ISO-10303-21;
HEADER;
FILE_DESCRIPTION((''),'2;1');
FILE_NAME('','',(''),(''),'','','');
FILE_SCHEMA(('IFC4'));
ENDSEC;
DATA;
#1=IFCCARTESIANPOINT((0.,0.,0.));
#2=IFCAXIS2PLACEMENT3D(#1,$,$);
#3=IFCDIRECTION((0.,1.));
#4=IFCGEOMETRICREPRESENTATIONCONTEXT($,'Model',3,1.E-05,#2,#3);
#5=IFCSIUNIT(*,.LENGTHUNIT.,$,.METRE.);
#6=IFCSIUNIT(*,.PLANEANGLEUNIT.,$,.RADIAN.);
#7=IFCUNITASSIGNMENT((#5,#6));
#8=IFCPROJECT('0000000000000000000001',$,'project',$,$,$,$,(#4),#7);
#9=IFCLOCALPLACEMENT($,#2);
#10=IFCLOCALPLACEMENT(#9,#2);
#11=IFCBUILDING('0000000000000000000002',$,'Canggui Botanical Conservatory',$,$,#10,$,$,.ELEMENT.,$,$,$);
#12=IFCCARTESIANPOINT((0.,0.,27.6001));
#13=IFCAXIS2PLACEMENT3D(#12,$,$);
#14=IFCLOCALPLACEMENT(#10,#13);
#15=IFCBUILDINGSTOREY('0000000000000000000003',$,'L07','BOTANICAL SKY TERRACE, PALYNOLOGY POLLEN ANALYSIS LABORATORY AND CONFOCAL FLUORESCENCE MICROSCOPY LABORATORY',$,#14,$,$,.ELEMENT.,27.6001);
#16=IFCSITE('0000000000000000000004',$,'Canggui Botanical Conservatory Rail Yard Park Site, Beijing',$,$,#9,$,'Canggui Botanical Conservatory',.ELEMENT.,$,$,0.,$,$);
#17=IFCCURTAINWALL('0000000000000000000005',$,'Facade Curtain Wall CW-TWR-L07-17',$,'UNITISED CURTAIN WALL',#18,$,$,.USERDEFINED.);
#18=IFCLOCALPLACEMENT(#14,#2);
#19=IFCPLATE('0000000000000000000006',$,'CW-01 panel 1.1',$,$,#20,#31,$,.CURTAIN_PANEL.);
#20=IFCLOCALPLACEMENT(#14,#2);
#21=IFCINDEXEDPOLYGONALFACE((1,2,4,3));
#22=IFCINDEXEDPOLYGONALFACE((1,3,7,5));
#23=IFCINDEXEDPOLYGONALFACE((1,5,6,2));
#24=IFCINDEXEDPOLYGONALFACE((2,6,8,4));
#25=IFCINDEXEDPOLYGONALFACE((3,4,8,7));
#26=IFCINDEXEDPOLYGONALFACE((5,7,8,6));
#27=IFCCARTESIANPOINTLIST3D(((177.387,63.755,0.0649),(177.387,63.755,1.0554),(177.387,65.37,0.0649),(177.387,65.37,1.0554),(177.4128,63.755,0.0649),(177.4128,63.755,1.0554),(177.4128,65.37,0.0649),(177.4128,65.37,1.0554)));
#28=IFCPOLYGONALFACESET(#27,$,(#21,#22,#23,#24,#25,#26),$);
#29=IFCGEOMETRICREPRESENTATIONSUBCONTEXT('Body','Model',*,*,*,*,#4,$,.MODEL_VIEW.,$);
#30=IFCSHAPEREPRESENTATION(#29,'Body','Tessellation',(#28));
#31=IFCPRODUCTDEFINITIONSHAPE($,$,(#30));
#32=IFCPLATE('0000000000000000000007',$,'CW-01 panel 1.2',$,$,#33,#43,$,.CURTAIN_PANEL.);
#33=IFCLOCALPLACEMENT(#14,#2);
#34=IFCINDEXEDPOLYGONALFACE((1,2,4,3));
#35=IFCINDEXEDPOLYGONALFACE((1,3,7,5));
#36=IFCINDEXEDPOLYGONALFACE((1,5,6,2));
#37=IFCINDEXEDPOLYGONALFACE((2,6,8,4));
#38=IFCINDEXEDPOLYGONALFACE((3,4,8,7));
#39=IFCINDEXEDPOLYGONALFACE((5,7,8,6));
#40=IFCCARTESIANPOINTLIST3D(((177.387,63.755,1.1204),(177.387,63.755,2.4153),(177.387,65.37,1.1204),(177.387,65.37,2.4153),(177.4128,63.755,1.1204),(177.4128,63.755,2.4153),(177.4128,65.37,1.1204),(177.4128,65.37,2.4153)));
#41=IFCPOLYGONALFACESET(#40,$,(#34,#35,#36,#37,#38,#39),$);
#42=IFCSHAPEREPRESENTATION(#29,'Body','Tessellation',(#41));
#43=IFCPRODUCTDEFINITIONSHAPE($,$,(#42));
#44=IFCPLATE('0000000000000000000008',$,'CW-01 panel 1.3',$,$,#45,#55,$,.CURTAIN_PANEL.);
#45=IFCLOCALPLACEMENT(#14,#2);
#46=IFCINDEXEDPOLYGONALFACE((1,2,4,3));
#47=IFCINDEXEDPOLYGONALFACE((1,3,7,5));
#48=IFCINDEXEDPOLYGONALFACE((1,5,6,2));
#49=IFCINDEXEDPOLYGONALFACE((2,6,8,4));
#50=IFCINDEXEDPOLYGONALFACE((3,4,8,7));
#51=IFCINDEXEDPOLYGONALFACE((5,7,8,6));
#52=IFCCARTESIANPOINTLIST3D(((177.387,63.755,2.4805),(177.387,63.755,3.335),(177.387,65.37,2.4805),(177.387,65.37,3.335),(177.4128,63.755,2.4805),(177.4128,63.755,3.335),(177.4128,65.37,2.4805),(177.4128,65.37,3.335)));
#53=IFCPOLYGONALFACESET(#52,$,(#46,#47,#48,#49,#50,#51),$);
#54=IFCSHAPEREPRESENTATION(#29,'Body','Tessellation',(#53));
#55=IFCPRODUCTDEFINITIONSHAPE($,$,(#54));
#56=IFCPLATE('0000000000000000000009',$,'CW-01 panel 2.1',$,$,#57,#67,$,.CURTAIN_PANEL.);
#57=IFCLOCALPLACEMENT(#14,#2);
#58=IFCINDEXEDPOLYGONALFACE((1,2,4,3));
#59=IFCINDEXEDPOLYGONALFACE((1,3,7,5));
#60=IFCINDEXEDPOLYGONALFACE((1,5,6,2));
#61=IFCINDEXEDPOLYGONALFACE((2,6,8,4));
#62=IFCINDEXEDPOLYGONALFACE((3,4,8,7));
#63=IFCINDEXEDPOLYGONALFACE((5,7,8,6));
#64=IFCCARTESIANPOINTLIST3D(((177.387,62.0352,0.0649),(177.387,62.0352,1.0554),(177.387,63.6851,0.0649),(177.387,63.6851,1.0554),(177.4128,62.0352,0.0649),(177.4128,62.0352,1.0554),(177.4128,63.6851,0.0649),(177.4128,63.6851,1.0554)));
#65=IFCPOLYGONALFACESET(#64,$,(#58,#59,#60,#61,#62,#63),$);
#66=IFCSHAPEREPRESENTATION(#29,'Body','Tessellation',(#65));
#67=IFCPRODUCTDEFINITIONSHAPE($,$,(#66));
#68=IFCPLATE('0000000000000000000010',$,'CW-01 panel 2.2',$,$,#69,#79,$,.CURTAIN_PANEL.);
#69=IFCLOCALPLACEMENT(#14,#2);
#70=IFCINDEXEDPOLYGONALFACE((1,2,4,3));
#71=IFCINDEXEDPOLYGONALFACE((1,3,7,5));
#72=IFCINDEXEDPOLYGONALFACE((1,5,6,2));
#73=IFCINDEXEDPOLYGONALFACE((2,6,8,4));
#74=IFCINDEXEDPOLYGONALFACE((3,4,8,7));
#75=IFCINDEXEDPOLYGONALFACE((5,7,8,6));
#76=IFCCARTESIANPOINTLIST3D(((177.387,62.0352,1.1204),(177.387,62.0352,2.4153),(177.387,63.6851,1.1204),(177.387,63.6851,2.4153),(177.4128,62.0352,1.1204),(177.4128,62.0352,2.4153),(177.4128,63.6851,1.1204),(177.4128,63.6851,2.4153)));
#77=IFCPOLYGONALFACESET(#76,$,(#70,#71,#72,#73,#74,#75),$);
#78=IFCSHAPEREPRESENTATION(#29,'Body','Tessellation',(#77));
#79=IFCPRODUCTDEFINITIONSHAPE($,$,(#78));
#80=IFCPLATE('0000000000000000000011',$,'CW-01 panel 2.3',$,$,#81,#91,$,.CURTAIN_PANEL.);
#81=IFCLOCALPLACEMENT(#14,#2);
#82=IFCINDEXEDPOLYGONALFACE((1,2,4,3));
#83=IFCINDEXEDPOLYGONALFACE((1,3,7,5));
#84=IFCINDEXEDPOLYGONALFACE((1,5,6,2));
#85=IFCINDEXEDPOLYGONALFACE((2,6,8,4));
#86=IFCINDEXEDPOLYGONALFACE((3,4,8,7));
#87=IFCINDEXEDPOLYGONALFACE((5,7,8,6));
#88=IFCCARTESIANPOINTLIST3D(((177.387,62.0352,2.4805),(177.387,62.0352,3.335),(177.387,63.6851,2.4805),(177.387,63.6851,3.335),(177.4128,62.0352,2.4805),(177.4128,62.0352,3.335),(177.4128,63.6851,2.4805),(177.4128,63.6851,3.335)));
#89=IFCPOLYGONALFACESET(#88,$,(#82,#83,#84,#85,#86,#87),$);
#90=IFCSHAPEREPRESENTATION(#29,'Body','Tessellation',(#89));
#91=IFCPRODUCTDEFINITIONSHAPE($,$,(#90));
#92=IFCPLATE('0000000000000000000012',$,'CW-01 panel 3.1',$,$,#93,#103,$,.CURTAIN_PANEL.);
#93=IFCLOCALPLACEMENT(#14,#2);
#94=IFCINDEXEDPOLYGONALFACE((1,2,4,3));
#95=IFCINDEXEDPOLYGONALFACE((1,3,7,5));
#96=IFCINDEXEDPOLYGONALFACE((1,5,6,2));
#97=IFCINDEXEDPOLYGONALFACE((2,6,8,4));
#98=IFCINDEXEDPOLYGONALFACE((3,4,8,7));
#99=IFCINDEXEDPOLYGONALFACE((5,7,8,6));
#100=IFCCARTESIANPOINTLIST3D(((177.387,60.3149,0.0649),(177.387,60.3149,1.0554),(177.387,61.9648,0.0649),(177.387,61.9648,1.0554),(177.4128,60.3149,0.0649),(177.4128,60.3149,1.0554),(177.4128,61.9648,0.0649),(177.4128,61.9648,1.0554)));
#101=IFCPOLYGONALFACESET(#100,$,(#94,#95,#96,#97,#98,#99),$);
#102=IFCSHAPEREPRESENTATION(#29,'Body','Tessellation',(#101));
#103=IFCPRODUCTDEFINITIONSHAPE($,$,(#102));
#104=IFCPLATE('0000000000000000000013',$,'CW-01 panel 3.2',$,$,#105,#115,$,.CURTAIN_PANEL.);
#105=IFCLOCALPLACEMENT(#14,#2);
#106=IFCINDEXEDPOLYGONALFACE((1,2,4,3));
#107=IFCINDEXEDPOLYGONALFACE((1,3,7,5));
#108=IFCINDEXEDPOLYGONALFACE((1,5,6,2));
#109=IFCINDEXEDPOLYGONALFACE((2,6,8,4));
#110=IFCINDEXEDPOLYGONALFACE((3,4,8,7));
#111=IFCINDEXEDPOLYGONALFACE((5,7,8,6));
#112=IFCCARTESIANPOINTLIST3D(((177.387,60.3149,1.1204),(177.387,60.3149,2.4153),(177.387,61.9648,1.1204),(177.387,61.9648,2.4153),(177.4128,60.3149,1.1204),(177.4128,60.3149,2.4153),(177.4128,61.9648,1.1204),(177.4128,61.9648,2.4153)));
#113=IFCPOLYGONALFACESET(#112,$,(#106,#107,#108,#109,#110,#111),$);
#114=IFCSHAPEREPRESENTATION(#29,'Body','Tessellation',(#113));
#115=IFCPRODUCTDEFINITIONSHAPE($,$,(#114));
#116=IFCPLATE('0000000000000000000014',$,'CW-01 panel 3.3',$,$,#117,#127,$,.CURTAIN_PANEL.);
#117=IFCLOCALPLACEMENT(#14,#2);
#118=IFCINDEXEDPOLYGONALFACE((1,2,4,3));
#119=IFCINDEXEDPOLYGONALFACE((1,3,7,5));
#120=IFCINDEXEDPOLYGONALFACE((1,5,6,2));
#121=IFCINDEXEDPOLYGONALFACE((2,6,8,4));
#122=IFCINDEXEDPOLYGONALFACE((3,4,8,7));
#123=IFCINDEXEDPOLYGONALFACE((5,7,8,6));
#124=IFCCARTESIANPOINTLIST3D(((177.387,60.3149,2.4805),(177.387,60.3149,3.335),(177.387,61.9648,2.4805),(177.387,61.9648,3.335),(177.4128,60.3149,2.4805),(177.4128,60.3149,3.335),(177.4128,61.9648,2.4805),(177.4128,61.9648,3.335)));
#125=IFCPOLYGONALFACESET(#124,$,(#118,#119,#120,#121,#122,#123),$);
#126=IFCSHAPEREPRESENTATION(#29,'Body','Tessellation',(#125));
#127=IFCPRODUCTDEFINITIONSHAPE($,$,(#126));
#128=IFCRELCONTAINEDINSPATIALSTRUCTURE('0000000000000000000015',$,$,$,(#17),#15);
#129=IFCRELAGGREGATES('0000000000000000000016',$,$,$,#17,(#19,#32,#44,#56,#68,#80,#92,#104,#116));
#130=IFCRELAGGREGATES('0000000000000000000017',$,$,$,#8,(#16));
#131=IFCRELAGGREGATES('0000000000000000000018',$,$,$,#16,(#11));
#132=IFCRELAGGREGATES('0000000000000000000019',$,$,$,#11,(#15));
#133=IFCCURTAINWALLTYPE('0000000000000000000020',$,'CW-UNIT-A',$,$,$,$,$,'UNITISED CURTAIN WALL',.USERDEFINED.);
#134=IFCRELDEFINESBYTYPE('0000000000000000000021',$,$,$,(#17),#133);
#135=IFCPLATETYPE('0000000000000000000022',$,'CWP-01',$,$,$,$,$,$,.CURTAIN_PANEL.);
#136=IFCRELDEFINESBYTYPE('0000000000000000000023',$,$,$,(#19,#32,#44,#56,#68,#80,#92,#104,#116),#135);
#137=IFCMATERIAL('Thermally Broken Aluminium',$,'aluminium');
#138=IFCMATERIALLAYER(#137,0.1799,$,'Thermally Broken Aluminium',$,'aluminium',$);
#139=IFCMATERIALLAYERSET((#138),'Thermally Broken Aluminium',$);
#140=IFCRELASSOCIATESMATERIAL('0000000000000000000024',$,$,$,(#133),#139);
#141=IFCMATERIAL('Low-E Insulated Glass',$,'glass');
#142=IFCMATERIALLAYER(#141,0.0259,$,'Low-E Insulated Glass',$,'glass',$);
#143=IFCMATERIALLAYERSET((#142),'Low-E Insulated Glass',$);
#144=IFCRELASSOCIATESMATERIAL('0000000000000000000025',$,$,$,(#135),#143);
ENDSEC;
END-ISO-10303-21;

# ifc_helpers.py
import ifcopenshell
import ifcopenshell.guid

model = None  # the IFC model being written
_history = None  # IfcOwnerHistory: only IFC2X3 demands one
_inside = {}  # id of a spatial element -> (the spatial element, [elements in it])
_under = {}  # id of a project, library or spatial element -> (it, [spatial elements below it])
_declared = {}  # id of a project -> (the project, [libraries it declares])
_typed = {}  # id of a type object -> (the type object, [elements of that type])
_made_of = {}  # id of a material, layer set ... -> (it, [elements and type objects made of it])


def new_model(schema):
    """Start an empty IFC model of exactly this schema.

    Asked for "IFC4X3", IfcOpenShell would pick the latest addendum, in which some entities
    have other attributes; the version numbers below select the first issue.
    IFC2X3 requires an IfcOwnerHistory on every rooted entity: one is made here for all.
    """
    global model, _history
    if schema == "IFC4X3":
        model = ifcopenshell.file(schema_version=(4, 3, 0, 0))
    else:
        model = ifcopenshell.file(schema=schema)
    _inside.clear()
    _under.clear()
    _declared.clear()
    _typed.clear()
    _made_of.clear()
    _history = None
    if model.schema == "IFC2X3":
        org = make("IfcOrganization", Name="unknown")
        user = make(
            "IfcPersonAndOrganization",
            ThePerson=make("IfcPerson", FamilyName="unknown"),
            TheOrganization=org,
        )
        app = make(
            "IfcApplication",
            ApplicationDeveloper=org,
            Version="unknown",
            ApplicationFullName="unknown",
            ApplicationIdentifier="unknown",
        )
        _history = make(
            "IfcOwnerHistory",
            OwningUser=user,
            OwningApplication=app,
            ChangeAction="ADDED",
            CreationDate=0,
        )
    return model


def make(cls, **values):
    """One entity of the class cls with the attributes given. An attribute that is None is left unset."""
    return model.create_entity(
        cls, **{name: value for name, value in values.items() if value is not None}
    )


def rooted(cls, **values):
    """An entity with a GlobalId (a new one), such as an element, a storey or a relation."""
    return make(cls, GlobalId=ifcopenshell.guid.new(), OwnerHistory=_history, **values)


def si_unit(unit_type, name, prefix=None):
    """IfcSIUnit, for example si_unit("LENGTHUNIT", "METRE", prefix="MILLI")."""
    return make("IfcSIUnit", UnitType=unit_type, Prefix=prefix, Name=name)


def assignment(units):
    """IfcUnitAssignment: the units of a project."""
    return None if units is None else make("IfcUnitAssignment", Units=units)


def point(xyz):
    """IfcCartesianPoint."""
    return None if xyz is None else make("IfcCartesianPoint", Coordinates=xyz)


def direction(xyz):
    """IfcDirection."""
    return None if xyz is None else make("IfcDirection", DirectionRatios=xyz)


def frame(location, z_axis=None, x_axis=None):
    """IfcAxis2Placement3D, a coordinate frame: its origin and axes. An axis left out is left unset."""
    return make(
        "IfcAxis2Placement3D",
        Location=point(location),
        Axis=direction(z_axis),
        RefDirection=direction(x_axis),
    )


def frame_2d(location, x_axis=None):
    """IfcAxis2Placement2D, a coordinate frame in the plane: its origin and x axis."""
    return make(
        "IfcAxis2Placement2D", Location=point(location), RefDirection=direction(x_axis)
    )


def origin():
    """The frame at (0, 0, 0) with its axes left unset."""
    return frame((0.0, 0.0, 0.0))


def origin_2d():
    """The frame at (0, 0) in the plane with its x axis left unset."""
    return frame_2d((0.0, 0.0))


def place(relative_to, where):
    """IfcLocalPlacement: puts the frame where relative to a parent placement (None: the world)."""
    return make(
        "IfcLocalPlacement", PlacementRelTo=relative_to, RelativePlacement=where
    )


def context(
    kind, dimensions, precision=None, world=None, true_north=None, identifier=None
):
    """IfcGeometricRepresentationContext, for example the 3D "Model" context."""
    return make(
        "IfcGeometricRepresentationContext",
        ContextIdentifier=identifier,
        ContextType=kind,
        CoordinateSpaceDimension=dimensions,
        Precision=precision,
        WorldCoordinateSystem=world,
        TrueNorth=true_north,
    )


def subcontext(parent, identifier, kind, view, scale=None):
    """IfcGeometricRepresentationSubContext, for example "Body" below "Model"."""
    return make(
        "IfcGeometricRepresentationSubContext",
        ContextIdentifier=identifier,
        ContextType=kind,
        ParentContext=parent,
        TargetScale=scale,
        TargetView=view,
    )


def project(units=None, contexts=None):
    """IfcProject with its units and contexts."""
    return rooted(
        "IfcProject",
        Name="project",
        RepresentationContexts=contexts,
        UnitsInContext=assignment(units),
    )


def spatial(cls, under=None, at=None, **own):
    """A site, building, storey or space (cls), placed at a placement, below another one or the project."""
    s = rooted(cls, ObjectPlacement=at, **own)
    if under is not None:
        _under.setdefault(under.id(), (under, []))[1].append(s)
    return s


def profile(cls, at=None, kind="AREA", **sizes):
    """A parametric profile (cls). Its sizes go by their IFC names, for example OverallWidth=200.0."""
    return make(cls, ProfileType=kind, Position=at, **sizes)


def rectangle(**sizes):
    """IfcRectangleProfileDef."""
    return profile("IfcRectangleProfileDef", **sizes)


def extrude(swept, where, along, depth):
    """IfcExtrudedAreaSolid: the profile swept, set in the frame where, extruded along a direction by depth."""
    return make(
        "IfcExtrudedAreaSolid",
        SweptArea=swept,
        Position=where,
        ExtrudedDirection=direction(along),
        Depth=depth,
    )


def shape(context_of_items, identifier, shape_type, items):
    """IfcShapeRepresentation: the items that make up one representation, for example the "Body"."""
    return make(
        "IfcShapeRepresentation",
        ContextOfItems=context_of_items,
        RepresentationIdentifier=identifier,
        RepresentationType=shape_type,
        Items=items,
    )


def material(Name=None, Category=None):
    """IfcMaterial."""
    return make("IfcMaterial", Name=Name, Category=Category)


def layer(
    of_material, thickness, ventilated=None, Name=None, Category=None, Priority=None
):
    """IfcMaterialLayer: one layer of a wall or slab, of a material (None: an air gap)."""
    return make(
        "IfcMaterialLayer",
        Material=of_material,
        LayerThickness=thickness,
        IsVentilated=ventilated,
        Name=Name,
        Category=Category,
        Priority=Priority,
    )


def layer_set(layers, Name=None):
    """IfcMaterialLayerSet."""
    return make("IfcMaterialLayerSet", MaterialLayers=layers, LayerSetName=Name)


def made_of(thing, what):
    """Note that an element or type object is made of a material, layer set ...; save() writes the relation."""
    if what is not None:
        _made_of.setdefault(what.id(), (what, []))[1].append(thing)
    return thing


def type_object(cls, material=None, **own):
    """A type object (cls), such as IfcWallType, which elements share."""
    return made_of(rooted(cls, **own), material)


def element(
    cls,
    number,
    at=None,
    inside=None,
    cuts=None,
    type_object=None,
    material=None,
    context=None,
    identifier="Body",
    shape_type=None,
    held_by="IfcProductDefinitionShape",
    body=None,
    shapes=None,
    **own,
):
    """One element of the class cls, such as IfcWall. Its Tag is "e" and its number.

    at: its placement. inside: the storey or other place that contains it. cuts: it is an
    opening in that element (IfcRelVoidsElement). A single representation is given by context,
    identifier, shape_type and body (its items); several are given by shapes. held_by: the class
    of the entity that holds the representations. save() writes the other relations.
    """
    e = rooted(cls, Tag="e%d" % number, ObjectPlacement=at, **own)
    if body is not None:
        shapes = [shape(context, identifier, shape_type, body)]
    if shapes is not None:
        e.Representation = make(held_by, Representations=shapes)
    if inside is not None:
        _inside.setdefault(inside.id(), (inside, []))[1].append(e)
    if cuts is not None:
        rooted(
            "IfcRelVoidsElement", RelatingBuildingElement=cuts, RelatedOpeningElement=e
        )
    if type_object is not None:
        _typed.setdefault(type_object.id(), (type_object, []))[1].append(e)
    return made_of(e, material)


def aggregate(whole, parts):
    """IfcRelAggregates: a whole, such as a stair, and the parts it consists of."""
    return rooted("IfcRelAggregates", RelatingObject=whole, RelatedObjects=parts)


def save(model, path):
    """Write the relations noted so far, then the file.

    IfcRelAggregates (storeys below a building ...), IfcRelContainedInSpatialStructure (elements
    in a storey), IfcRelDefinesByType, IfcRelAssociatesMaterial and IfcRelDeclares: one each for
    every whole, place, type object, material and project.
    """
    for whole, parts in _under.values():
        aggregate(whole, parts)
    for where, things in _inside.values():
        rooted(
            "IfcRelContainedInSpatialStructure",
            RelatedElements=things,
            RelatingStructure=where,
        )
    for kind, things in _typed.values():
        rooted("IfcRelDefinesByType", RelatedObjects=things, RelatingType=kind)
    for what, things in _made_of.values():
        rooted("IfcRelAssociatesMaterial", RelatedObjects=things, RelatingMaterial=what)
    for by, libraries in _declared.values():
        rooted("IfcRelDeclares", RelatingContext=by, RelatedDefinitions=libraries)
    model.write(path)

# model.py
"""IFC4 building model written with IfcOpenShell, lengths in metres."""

from ifc_helpers import new_model, si_unit, direction, frame, origin, origin_2d, place, context, subcontext, project, spatial, rectangle, extrude, material, layer, layer_set, type_object, element, aggregate, save


model = new_model("IFC4")

# Units and contexts
model_context = context("Model", 3, precision=1e-05, world=origin(), true_north=direction((0.0, 1.0)))
body_context = subcontext(model_context, "Body", "Model", "MODEL_VIEW")
ifc_project = project(units=[si_unit("LENGTHUNIT", "METRE"), si_unit("PLANEANGLEUNIT", "RADIAN")], contexts=[model_context])

# Site, building, storey
site_placement = place(None, origin())
site = spatial("IfcSite", under=ifc_project, at=site_placement, Name="Canggui Botanical Conservatory Rail Yard Park Site, Beijing", LongName="Canggui Botanical Conservatory", CompositionType="ELEMENT", RefElevation=0.0)
building_placement = place(site_placement, origin())
building = spatial("IfcBuilding", under=site, at=building_placement, Name="Canggui Botanical Conservatory", CompositionType="ELEMENT")
storey_placement = place(building_placement, frame((0.0, 0.0, 27.6001)))
storey = spatial("IfcBuildingStorey", under=building, at=storey_placement, Name="L07", Description="BOTANICAL SKY TERRACE, PALYNOLOGY POLLEN ANALYSIS LABORATORY AND CONFOCAL FLUORESCENCE MICROSCOPY LABORATORY", CompositionType="ELEMENT", Elevation=27.6001)

# Curtain wall, plates
ifc_material_1 = material(Name="Thermally Broken Aluminium", Category="aluminium")
ifc_layer_1 = layer(ifc_material_1, 0.1799, Name="Thermally Broken Aluminium", Category="aluminium")
ifc_layer_set_1 = layer_set([ifc_layer_1], Name="Thermally Broken Aluminium")
curtain_wall_type = type_object("IfcCurtainWallType", Name="CW-UNIT-A", ElementType="UNITISED CURTAIN WALL", PredefinedType="USERDEFINED", material=ifc_layer_set_1)
curtain_wall_placement = place(storey_placement, origin())
curtain_wall = element("IfcCurtainWall", 1, at=curtain_wall_placement, inside=storey, type_object=curtain_wall_type, Name="Facade Curtain Wall CW-TWR-L07-17", ObjectType="UNITISED CURTAIN WALL", PredefinedType="USERDEFINED")
ifc_material_2 = material(Name="Low-E Insulated Glass", Category="glass")
ifc_layer_2 = layer(ifc_material_2, 0.0259, Name="Low-E Insulated Glass", Category="glass")
ifc_layer_set_2 = layer_set([ifc_layer_2], Name="Low-E Insulated Glass")
plate_type = type_object("IfcPlateType", Name="CWP-01", PredefinedType="CURTAIN_PANEL", material=ifc_layer_set_2)
plate_1_placement = place(storey_placement, frame((177.3999, 64.5625, 0.0649), z_axis=(0.0, 0.0, 1.0), x_axis=(0.0, -1.0, 0.0)))
plate_1 = element("IfcPlate", 2, at=plate_1_placement, type_object=plate_type, Name="CW-01 panel 1.1", PredefinedType="CURTAIN_PANEL", context=body_context, shape_type="SweptSolid", body=[
    extrude(rectangle(XDim=1.615, YDim=0.0259, at=origin_2d()), origin(), (0.0, 0.0, 1.0), 0.9905),
])
plate_2_placement = place(storey_placement, frame((177.3999, 64.5625, 1.1204), z_axis=(0.0, 0.0, 1.0), x_axis=(0.0, -1.0, 0.0)))
plate_2 = element("IfcPlate", 3, at=plate_2_placement, type_object=plate_type, Name="CW-01 panel 1.2", PredefinedType="CURTAIN_PANEL", context=body_context, shape_type="SweptSolid", body=[
    extrude(rectangle(XDim=1.615, YDim=0.0259, at=origin_2d()), origin(), (0.0, 0.0, 1.0), 1.2949),
])
plate_3_placement = place(storey_placement, frame((177.3999, 64.5625, 2.4805), z_axis=(0.0, 0.0, 1.0), x_axis=(0.0, -1.0, 0.0)))
plate_3 = element("IfcPlate", 4, at=plate_3_placement, type_object=plate_type, Name="CW-01 panel 1.3", PredefinedType="CURTAIN_PANEL", context=body_context, shape_type="SweptSolid", body=[
    extrude(rectangle(XDim=1.615, YDim=0.0259, at=origin_2d()), origin(), (0.0, 0.0, 1.0), 0.8545),
])
plate_4_placement = place(storey_placement, frame((177.3999, 62.8601, 0.0649), z_axis=(0.0, 0.0, 1.0), x_axis=(0.0, -1.0, 0.0)))
plate_4 = element("IfcPlate", 5, at=plate_4_placement, type_object=plate_type, Name="CW-01 panel 2.1", PredefinedType="CURTAIN_PANEL", context=body_context, shape_type="SweptSolid", body=[
    extrude(rectangle(XDim=1.6499, YDim=0.0259, at=origin_2d()), origin(), (0.0, 0.0, 1.0), 0.9905),
])
plate_5_placement = place(storey_placement, frame((177.3999, 62.8601, 1.1204), z_axis=(0.0, 0.0, 1.0), x_axis=(0.0, -1.0, 0.0)))
plate_5 = element("IfcPlate", 6, at=plate_5_placement, type_object=plate_type, Name="CW-01 panel 2.2", PredefinedType="CURTAIN_PANEL", context=body_context, shape_type="SweptSolid", body=[
    extrude(rectangle(XDim=1.6499, YDim=0.0259, at=origin_2d()), origin(), (0.0, 0.0, 1.0), 1.2949),
])
plate_6_placement = place(storey_placement, frame((177.3999, 62.8601, 2.4805), z_axis=(0.0, 0.0, 1.0), x_axis=(0.0, -1.0, 0.0)))
plate_6 = element("IfcPlate", 7, at=plate_6_placement, type_object=plate_type, Name="CW-01 panel 2.3", PredefinedType="CURTAIN_PANEL", context=body_context, shape_type="SweptSolid", body=[
    extrude(rectangle(XDim=1.6499, YDim=0.0259, at=origin_2d()), origin(), (0.0, 0.0, 1.0), 0.8545),
])
plate_7_placement = place(storey_placement, frame((177.3999, 61.1399, 0.0649), z_axis=(0.0, 0.0, 1.0), x_axis=(0.0, -1.0, 0.0)))
plate_7 = element("IfcPlate", 8, at=plate_7_placement, type_object=plate_type, Name="CW-01 panel 3.1", PredefinedType="CURTAIN_PANEL", context=body_context, shape_type="SweptSolid", body=[
    extrude(rectangle(XDim=1.6499, YDim=0.0259, at=origin_2d()), origin(), (0.0, 0.0, 1.0), 0.9905),
])
plate_8_placement = place(storey_placement, frame((177.3999, 61.1399, 1.1204), z_axis=(0.0, 0.0, 1.0), x_axis=(0.0, -1.0, 0.0)))
plate_8 = element("IfcPlate", 9, at=plate_8_placement, type_object=plate_type, Name="CW-01 panel 3.2", PredefinedType="CURTAIN_PANEL", context=body_context, shape_type="SweptSolid", body=[
    extrude(rectangle(XDim=1.6499, YDim=0.0259, at=origin_2d()), origin(), (0.0, 0.0, 1.0), 1.2949),
])
plate_9_placement = place(storey_placement, frame((177.3999, 61.1399, 2.4805), z_axis=(0.0, 0.0, 1.0), x_axis=(0.0, -1.0, 0.0)))
plate_9 = element("IfcPlate", 10, at=plate_9_placement, type_object=plate_type, Name="CW-01 panel 3.3", PredefinedType="CURTAIN_PANEL", context=body_context, shape_type="SweptSolid", body=[
    extrude(rectangle(XDim=1.6499, YDim=0.0259, at=origin_2d()), origin(), (0.0, 0.0, 1.0), 0.8545),
])
aggregate(curtain_wall, [plate_1, plate_2, plate_3, plate_4, plate_5, plate_6, plate_7, plate_8, plate_9])

save(model, "model.ifc")
